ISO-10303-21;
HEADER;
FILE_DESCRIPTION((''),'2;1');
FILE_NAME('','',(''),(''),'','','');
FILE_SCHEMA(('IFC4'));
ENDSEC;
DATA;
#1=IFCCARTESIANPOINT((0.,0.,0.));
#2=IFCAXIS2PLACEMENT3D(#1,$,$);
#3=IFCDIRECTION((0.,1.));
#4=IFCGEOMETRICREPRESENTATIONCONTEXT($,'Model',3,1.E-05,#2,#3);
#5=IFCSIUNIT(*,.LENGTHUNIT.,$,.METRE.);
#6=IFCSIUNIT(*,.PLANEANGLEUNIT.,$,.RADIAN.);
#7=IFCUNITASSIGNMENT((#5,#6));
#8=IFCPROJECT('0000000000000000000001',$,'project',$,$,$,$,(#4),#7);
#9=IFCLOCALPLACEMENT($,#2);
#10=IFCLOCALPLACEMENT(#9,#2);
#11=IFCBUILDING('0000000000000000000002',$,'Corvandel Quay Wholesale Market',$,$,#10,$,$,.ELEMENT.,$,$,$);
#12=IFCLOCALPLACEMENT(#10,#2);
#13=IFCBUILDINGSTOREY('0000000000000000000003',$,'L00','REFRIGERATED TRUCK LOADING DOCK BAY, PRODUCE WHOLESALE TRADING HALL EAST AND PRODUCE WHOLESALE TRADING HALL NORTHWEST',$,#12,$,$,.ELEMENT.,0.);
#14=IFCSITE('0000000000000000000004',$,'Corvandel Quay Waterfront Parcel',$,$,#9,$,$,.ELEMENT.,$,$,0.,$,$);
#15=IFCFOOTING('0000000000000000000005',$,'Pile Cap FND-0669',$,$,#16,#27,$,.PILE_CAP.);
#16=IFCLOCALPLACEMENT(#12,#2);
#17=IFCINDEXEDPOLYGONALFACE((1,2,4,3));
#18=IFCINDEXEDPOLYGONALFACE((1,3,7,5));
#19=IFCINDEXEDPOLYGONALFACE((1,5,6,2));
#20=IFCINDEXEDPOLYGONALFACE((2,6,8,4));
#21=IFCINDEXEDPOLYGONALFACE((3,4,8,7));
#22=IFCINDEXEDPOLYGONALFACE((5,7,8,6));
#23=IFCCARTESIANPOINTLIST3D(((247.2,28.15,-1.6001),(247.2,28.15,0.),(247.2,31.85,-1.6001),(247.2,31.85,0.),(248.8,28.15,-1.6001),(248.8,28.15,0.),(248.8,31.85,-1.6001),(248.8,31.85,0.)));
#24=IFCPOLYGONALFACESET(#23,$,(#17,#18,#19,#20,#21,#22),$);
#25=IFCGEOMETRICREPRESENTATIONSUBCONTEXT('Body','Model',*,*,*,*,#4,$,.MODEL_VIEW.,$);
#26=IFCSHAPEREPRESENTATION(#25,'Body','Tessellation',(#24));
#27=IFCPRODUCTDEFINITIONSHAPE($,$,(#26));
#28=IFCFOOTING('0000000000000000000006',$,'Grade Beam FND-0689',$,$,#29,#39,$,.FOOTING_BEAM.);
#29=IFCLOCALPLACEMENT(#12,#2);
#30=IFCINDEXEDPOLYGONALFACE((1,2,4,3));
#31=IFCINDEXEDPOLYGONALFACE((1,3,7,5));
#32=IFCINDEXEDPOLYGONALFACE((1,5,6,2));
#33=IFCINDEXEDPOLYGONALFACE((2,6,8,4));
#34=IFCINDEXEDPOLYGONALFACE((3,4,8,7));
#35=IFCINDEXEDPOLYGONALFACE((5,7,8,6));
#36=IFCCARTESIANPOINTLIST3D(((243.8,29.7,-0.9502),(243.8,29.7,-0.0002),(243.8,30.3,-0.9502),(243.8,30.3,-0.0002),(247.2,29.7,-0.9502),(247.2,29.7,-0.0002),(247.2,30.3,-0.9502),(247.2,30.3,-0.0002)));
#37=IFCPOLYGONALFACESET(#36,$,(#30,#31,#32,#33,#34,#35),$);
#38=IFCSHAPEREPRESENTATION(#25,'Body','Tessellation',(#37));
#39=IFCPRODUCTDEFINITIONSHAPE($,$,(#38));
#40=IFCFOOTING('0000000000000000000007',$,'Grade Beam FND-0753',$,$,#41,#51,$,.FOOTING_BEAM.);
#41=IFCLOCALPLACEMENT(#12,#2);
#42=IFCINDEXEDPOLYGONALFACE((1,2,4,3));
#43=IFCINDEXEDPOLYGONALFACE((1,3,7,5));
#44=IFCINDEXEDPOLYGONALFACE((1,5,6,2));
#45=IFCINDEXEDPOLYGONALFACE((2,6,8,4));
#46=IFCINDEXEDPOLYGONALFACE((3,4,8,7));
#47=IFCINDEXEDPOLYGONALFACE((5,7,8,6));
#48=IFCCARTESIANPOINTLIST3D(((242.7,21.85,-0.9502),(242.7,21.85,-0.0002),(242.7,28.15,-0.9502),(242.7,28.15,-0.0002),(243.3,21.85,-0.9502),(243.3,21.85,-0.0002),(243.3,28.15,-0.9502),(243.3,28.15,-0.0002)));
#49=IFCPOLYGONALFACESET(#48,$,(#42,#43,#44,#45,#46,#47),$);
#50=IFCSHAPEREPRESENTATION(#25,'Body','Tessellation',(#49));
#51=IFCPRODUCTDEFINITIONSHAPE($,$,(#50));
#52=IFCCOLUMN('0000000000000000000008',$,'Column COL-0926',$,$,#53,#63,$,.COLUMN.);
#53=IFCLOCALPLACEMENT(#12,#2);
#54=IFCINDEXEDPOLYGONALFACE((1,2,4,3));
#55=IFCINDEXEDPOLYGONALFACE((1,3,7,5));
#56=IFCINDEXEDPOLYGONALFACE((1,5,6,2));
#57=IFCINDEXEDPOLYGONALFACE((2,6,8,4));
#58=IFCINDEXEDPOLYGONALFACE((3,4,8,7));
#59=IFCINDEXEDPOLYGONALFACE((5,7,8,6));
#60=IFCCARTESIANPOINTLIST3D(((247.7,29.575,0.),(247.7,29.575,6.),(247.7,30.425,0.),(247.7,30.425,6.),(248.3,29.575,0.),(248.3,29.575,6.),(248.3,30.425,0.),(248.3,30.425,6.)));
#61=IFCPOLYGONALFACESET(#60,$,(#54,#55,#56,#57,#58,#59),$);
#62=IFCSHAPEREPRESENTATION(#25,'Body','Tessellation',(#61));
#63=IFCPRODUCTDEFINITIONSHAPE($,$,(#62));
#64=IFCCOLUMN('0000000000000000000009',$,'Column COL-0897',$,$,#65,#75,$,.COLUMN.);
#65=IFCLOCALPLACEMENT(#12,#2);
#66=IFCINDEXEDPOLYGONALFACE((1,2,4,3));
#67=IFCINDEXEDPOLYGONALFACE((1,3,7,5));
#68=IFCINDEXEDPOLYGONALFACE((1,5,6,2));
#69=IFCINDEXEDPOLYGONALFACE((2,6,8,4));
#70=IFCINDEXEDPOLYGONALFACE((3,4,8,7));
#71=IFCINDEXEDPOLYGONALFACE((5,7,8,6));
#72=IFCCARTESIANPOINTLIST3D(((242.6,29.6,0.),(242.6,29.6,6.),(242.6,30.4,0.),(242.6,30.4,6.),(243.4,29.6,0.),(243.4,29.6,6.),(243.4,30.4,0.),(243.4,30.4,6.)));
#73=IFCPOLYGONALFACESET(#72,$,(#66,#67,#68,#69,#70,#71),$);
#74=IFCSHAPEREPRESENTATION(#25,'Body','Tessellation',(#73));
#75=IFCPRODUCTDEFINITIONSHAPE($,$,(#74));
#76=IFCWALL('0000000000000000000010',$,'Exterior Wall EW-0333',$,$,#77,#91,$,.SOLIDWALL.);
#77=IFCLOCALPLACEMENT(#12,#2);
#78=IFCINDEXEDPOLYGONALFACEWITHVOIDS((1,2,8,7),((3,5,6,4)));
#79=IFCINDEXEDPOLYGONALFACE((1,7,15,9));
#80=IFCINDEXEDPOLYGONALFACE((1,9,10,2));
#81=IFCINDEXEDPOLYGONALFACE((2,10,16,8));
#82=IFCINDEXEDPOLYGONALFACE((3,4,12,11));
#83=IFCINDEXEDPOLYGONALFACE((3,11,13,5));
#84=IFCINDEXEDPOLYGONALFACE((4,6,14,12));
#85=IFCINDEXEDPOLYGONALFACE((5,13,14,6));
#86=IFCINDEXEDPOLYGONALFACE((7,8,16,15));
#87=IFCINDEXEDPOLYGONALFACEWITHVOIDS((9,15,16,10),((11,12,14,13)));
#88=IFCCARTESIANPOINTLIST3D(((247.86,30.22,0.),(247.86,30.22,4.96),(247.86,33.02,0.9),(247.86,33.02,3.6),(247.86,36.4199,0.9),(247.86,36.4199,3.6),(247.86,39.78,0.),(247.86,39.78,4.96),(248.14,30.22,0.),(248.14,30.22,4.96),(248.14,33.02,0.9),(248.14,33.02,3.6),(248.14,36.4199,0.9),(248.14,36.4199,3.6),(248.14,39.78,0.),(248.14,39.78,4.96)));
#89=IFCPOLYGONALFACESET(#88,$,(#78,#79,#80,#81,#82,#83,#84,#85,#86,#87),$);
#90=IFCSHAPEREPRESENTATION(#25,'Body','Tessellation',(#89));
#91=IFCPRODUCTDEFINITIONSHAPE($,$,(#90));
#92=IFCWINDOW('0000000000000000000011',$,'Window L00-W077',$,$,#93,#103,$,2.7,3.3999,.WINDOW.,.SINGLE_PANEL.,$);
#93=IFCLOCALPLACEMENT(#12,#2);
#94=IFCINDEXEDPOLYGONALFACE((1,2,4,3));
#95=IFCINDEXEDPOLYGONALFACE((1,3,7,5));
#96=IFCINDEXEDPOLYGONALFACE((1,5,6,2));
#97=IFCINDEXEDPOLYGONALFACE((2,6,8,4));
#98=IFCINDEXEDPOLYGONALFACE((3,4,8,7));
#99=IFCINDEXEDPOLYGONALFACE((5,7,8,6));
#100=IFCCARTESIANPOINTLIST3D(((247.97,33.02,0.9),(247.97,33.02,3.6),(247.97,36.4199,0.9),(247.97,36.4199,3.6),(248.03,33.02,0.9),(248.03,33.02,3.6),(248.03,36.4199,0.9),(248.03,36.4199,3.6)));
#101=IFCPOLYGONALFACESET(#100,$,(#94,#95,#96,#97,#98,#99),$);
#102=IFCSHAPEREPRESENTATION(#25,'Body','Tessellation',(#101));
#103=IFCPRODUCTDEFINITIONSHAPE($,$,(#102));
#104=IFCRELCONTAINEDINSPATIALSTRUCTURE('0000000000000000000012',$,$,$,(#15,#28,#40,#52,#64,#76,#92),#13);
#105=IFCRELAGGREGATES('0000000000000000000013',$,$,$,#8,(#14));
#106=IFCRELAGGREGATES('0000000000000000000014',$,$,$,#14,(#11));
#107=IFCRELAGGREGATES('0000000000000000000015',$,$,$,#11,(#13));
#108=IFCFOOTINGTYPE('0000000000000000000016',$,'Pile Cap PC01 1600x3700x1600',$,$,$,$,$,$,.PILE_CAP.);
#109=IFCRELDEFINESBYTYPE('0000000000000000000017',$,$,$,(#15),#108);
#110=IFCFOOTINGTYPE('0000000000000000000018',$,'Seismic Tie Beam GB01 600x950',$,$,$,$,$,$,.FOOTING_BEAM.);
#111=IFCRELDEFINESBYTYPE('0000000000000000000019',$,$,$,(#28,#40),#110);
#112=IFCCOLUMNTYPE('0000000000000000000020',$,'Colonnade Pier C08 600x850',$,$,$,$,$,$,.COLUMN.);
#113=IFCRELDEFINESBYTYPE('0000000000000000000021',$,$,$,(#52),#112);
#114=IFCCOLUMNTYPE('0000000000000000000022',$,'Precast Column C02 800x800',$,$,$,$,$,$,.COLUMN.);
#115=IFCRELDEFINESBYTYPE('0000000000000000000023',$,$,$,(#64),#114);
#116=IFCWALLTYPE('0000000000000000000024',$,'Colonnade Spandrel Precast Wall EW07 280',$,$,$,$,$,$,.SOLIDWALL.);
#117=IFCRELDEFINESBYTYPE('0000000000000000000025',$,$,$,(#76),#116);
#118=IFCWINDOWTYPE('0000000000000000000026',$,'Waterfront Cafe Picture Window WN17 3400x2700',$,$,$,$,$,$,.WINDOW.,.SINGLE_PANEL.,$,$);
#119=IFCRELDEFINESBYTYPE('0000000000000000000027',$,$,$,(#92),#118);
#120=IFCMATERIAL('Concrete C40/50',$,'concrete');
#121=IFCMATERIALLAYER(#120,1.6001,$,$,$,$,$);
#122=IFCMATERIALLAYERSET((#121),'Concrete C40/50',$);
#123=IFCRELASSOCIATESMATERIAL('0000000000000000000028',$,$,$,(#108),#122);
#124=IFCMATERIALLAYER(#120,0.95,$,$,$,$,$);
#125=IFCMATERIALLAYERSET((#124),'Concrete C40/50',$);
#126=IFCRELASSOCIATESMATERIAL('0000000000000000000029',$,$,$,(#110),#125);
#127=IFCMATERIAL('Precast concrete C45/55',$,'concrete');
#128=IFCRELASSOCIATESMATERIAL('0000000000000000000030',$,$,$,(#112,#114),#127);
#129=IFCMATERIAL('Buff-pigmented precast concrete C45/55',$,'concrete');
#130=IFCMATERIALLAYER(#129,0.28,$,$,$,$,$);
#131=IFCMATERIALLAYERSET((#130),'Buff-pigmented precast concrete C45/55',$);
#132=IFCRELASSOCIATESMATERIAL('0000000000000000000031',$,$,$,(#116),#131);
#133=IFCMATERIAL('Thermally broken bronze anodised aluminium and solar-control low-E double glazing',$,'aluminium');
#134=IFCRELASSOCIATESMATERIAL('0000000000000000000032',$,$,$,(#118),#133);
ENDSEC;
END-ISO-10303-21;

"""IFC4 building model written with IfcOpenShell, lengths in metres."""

from ifc_helpers import new_model, si_unit, direction, frame, frame_2d, origin, origin_2d, place, context, subcontext, project, spatial, rectangle, extrude, material, layer, layer_set, material_profile, profile_set, type_object, element, fill, save


model = new_model("IFC4")

# Units and contexts
model_context = context("Model", 3, precision=1e-05, world=origin(), true_north=direction((0.0, 1.0)))
body_context = subcontext(model_context, "Body", "Model", "MODEL_VIEW")
ifc_project = project(units=[si_unit("LENGTHUNIT", "METRE"), si_unit("PLANEANGLEUNIT", "RADIAN")], contexts=[model_context])

# Site, building, storey
site_placement = place(None, origin())
site = spatial("IfcSite", under=ifc_project, at=site_placement, Name="Corvandel Quay Waterfront Parcel", CompositionType="ELEMENT", RefElevation=0.0)
building_placement = place(site_placement, origin())
building = spatial("IfcBuilding", under=site, at=building_placement, Name="Corvandel Quay Wholesale Market", CompositionType="ELEMENT")
storey_placement = place(building_placement, origin())
storey = spatial("IfcBuildingStorey", under=building, at=storey_placement, Name="L00", Description="REFRIGERATED TRUCK LOADING DOCK BAY, PRODUCE WHOLESALE TRADING HALL EAST AND PRODUCE WHOLESALE TRADING HALL NORTHWEST", CompositionType="ELEMENT", Elevation=0.0)

# Shared definitions
ifc_material_1 = material(Name="Concrete C40/50", Category="concrete")

# Footings
ifc_layer_1 = layer(ifc_material_1, 1.6001)
ifc_layer_set_1 = layer_set([ifc_layer_1], Name="Concrete C40/50")
footing_type_1 = type_object("IfcFootingType", Name="Pile Cap PC01 1600x3700x1600", PredefinedType="PILE_CAP", material=ifc_layer_set_1)
for number, where, z_axis, x_axis, name in (
    (1, (248.0, 30.0, -1.6001), (0.0, 0.0, 1.0), (1.0, 0.0, 0.0), "Pile Cap FND-0669"),
):
    element("IfcFooting", number, at=place(storey_placement, frame(where, z_axis=z_axis, x_axis=x_axis)), inside=storey, type_object=footing_type_1, Name=name, PredefinedType="PILE_CAP", context=body_context, shape_type="SweptSolid", body=[
        extrude(rectangle(XDim=1.6001, YDim=3.7, at=origin_2d()), origin(), (0.0, 0.0, 1.0), 1.6001),
    ])
ifc_layer_2 = layer(ifc_material_1, 0.95)
ifc_layer_set_2 = layer_set([ifc_layer_2], Name="Concrete C40/50")
footing_type_2 = type_object("IfcFootingType", Name="Seismic Tie Beam GB01 600x950", PredefinedType="FOOTING_BEAM", material=ifc_layer_set_2)
footing_1_placement = place(storey_placement, frame((245.5, 30.0, -0.9502), z_axis=(0.0, 0.0, 1.0), x_axis=(1.0, 0.0, 0.0)))
element("IfcFooting", 2, at=footing_1_placement, inside=storey, type_object=footing_type_2, Name="Grade Beam FND-0689", PredefinedType="FOOTING_BEAM", context=body_context, shape_type="SweptSolid", body=[
    extrude(rectangle(XDim=3.3999, YDim=0.6001, at=origin_2d()), origin(), (0.0, 0.0, 1.0), 0.95),
])
footing_2_placement = place(storey_placement, frame((243.0, 25.0, -0.9502), z_axis=(0.0, 0.0, 1.0), x_axis=(0.0, 1.0, 0.0)))
element("IfcFooting", 3, at=footing_2_placement, inside=storey, type_object=footing_type_2, Name="Grade Beam FND-0753", PredefinedType="FOOTING_BEAM", context=body_context, shape_type="SweptSolid", body=[
    extrude(rectangle(XDim=6.3, YDim=0.6001, at=origin_2d()), origin(), (0.0, 0.0, 1.0), 0.95),
])

# Columns
ifc_material_2 = material(Name="Precast concrete C45/55", Category="concrete")
ifc_material_profile_1 = material_profile(ifc_material_2, rectangle(XDim=0.6001, YDim=0.8501, at=origin_2d()), Name="PC-COL-600x850")
ifc_profile_set_1 = profile_set([ifc_material_profile_1], Name="Precast concrete C45/55")
column_type_1 = type_object("IfcColumnType", Name="Colonnade Pier C08 600x850", PredefinedType="COLUMN", material=ifc_profile_set_1)
column_1_placement = place(storey_placement, frame((248.0, 30.0, 0.0), z_axis=(0.0, 0.0, 1.0), x_axis=(1.0, 0.0, 0.0)))
element("IfcColumn", 4, at=column_1_placement, inside=storey, type_object=column_type_1, Name="Column COL-0926", PredefinedType="COLUMN", context=body_context, shape_type="SweptSolid", body=[
    extrude(rectangle(XDim=0.6001, YDim=0.8501, at=origin_2d()), origin(), (0.0, 0.0, 1.0), 6.0),
])
ifc_material_profile_2 = material_profile(ifc_material_2, rectangle(XDim=0.8, YDim=0.8, at=origin_2d()), Name="PC-COL-800x800")
ifc_profile_set_2 = profile_set([ifc_material_profile_2], Name="Precast concrete C45/55")
column_type_2 = type_object("IfcColumnType", Name="Precast Column C02 800x800", PredefinedType="COLUMN", material=ifc_profile_set_2)
column_2_placement = place(storey_placement, frame((243.0, 30.0, 0.0), z_axis=(0.0, 0.0, 1.0), x_axis=(1.0, 0.0, 0.0)))
element("IfcColumn", 5, at=column_2_placement, inside=storey, type_object=column_type_2, Name="Column COL-0897", PredefinedType="COLUMN", context=body_context, shape_type="SweptSolid", body=[
    extrude(rectangle(XDim=0.8, YDim=0.8, at=origin_2d()), origin(), (0.0, 0.0, 1.0), 6.0),
])

# Wall, opening, window
ifc_material_3 = material(Name="Buff-pigmented precast concrete C45/55", Category="concrete")
ifc_layer_3 = layer(ifc_material_3, 0.28)
ifc_layer_set_3 = layer_set([ifc_layer_3], Name="Buff-pigmented precast concrete C45/55")
wall_type = type_object("IfcWallType", Name="Colonnade Spandrel Precast Wall EW07 280", PredefinedType="SOLIDWALL", material=ifc_layer_set_3)
wall_placement = place(storey_placement, frame((248.0, 30.22, 0.0), z_axis=(0.0, 0.0, 1.0), x_axis=(0.0, 1.0, 0.0)))
wall = element("IfcWall", 6, at=wall_placement, inside=storey, type_object=wall_type, Name="Exterior Wall EW-0333", PredefinedType="SOLIDWALL", context=body_context, shape_type="SweptSolid", body=[
    extrude(rectangle(XDim=9.5601, YDim=0.28, at=frame_2d((4.78, 0.0))), origin(), (0.0, 0.0, 1.0), 4.96),
])
opening_placement = place(wall_placement, frame((2.8, 0.0, 0.8999)))
opening = element("IfcOpeningElement", 7, at=opening_placement, cuts=wall, PredefinedType="OPENING", context=body_context, shape_type="SweptSolid", body=[
    extrude(rectangle(XDim=3.3999, YDim=2.7, at=frame_2d((1.7, 1.3501))), frame((0.0, 0.1499, 0.0), z_axis=(0.0, -1.0, 0.0), x_axis=(1.0, 0.0, 0.0)), (0.0, 0.0, 1.0), 0.3),
])
ifc_material_4 = material(Name="Thermally broken bronze anodised aluminium and solar-control low-E double glazing", Category="aluminium")
window_type = type_object("IfcWindowType", Name="Waterfront Cafe Picture Window WN17 3400x2700", PartitioningType="SINGLE_PANEL", PredefinedType="WINDOW", material=ifc_material_4)
window_placement = place(opening_placement, origin())
window = element("IfcWindow", 8, at=window_placement, inside=storey, type_object=window_type, Name="Window L00-W077", OverallHeight=2.7, OverallWidth=3.3999, PartitioningType="SINGLE_PANEL", PredefinedType="WINDOW", context=body_context, shape_type="SweptSolid", body=[
    extrude(rectangle(XDim=3.3999, YDim=2.7, at=frame_2d((1.7, 1.3501))), frame((0.0, 0.03, 0.0), z_axis=(0.0, -1.0, 0.0), x_axis=(1.0, 0.0, 0.0)), (0.0, 0.0, 1.0), 0.0601),
])
fill(opening, window)

save(model, "model.ifc")
